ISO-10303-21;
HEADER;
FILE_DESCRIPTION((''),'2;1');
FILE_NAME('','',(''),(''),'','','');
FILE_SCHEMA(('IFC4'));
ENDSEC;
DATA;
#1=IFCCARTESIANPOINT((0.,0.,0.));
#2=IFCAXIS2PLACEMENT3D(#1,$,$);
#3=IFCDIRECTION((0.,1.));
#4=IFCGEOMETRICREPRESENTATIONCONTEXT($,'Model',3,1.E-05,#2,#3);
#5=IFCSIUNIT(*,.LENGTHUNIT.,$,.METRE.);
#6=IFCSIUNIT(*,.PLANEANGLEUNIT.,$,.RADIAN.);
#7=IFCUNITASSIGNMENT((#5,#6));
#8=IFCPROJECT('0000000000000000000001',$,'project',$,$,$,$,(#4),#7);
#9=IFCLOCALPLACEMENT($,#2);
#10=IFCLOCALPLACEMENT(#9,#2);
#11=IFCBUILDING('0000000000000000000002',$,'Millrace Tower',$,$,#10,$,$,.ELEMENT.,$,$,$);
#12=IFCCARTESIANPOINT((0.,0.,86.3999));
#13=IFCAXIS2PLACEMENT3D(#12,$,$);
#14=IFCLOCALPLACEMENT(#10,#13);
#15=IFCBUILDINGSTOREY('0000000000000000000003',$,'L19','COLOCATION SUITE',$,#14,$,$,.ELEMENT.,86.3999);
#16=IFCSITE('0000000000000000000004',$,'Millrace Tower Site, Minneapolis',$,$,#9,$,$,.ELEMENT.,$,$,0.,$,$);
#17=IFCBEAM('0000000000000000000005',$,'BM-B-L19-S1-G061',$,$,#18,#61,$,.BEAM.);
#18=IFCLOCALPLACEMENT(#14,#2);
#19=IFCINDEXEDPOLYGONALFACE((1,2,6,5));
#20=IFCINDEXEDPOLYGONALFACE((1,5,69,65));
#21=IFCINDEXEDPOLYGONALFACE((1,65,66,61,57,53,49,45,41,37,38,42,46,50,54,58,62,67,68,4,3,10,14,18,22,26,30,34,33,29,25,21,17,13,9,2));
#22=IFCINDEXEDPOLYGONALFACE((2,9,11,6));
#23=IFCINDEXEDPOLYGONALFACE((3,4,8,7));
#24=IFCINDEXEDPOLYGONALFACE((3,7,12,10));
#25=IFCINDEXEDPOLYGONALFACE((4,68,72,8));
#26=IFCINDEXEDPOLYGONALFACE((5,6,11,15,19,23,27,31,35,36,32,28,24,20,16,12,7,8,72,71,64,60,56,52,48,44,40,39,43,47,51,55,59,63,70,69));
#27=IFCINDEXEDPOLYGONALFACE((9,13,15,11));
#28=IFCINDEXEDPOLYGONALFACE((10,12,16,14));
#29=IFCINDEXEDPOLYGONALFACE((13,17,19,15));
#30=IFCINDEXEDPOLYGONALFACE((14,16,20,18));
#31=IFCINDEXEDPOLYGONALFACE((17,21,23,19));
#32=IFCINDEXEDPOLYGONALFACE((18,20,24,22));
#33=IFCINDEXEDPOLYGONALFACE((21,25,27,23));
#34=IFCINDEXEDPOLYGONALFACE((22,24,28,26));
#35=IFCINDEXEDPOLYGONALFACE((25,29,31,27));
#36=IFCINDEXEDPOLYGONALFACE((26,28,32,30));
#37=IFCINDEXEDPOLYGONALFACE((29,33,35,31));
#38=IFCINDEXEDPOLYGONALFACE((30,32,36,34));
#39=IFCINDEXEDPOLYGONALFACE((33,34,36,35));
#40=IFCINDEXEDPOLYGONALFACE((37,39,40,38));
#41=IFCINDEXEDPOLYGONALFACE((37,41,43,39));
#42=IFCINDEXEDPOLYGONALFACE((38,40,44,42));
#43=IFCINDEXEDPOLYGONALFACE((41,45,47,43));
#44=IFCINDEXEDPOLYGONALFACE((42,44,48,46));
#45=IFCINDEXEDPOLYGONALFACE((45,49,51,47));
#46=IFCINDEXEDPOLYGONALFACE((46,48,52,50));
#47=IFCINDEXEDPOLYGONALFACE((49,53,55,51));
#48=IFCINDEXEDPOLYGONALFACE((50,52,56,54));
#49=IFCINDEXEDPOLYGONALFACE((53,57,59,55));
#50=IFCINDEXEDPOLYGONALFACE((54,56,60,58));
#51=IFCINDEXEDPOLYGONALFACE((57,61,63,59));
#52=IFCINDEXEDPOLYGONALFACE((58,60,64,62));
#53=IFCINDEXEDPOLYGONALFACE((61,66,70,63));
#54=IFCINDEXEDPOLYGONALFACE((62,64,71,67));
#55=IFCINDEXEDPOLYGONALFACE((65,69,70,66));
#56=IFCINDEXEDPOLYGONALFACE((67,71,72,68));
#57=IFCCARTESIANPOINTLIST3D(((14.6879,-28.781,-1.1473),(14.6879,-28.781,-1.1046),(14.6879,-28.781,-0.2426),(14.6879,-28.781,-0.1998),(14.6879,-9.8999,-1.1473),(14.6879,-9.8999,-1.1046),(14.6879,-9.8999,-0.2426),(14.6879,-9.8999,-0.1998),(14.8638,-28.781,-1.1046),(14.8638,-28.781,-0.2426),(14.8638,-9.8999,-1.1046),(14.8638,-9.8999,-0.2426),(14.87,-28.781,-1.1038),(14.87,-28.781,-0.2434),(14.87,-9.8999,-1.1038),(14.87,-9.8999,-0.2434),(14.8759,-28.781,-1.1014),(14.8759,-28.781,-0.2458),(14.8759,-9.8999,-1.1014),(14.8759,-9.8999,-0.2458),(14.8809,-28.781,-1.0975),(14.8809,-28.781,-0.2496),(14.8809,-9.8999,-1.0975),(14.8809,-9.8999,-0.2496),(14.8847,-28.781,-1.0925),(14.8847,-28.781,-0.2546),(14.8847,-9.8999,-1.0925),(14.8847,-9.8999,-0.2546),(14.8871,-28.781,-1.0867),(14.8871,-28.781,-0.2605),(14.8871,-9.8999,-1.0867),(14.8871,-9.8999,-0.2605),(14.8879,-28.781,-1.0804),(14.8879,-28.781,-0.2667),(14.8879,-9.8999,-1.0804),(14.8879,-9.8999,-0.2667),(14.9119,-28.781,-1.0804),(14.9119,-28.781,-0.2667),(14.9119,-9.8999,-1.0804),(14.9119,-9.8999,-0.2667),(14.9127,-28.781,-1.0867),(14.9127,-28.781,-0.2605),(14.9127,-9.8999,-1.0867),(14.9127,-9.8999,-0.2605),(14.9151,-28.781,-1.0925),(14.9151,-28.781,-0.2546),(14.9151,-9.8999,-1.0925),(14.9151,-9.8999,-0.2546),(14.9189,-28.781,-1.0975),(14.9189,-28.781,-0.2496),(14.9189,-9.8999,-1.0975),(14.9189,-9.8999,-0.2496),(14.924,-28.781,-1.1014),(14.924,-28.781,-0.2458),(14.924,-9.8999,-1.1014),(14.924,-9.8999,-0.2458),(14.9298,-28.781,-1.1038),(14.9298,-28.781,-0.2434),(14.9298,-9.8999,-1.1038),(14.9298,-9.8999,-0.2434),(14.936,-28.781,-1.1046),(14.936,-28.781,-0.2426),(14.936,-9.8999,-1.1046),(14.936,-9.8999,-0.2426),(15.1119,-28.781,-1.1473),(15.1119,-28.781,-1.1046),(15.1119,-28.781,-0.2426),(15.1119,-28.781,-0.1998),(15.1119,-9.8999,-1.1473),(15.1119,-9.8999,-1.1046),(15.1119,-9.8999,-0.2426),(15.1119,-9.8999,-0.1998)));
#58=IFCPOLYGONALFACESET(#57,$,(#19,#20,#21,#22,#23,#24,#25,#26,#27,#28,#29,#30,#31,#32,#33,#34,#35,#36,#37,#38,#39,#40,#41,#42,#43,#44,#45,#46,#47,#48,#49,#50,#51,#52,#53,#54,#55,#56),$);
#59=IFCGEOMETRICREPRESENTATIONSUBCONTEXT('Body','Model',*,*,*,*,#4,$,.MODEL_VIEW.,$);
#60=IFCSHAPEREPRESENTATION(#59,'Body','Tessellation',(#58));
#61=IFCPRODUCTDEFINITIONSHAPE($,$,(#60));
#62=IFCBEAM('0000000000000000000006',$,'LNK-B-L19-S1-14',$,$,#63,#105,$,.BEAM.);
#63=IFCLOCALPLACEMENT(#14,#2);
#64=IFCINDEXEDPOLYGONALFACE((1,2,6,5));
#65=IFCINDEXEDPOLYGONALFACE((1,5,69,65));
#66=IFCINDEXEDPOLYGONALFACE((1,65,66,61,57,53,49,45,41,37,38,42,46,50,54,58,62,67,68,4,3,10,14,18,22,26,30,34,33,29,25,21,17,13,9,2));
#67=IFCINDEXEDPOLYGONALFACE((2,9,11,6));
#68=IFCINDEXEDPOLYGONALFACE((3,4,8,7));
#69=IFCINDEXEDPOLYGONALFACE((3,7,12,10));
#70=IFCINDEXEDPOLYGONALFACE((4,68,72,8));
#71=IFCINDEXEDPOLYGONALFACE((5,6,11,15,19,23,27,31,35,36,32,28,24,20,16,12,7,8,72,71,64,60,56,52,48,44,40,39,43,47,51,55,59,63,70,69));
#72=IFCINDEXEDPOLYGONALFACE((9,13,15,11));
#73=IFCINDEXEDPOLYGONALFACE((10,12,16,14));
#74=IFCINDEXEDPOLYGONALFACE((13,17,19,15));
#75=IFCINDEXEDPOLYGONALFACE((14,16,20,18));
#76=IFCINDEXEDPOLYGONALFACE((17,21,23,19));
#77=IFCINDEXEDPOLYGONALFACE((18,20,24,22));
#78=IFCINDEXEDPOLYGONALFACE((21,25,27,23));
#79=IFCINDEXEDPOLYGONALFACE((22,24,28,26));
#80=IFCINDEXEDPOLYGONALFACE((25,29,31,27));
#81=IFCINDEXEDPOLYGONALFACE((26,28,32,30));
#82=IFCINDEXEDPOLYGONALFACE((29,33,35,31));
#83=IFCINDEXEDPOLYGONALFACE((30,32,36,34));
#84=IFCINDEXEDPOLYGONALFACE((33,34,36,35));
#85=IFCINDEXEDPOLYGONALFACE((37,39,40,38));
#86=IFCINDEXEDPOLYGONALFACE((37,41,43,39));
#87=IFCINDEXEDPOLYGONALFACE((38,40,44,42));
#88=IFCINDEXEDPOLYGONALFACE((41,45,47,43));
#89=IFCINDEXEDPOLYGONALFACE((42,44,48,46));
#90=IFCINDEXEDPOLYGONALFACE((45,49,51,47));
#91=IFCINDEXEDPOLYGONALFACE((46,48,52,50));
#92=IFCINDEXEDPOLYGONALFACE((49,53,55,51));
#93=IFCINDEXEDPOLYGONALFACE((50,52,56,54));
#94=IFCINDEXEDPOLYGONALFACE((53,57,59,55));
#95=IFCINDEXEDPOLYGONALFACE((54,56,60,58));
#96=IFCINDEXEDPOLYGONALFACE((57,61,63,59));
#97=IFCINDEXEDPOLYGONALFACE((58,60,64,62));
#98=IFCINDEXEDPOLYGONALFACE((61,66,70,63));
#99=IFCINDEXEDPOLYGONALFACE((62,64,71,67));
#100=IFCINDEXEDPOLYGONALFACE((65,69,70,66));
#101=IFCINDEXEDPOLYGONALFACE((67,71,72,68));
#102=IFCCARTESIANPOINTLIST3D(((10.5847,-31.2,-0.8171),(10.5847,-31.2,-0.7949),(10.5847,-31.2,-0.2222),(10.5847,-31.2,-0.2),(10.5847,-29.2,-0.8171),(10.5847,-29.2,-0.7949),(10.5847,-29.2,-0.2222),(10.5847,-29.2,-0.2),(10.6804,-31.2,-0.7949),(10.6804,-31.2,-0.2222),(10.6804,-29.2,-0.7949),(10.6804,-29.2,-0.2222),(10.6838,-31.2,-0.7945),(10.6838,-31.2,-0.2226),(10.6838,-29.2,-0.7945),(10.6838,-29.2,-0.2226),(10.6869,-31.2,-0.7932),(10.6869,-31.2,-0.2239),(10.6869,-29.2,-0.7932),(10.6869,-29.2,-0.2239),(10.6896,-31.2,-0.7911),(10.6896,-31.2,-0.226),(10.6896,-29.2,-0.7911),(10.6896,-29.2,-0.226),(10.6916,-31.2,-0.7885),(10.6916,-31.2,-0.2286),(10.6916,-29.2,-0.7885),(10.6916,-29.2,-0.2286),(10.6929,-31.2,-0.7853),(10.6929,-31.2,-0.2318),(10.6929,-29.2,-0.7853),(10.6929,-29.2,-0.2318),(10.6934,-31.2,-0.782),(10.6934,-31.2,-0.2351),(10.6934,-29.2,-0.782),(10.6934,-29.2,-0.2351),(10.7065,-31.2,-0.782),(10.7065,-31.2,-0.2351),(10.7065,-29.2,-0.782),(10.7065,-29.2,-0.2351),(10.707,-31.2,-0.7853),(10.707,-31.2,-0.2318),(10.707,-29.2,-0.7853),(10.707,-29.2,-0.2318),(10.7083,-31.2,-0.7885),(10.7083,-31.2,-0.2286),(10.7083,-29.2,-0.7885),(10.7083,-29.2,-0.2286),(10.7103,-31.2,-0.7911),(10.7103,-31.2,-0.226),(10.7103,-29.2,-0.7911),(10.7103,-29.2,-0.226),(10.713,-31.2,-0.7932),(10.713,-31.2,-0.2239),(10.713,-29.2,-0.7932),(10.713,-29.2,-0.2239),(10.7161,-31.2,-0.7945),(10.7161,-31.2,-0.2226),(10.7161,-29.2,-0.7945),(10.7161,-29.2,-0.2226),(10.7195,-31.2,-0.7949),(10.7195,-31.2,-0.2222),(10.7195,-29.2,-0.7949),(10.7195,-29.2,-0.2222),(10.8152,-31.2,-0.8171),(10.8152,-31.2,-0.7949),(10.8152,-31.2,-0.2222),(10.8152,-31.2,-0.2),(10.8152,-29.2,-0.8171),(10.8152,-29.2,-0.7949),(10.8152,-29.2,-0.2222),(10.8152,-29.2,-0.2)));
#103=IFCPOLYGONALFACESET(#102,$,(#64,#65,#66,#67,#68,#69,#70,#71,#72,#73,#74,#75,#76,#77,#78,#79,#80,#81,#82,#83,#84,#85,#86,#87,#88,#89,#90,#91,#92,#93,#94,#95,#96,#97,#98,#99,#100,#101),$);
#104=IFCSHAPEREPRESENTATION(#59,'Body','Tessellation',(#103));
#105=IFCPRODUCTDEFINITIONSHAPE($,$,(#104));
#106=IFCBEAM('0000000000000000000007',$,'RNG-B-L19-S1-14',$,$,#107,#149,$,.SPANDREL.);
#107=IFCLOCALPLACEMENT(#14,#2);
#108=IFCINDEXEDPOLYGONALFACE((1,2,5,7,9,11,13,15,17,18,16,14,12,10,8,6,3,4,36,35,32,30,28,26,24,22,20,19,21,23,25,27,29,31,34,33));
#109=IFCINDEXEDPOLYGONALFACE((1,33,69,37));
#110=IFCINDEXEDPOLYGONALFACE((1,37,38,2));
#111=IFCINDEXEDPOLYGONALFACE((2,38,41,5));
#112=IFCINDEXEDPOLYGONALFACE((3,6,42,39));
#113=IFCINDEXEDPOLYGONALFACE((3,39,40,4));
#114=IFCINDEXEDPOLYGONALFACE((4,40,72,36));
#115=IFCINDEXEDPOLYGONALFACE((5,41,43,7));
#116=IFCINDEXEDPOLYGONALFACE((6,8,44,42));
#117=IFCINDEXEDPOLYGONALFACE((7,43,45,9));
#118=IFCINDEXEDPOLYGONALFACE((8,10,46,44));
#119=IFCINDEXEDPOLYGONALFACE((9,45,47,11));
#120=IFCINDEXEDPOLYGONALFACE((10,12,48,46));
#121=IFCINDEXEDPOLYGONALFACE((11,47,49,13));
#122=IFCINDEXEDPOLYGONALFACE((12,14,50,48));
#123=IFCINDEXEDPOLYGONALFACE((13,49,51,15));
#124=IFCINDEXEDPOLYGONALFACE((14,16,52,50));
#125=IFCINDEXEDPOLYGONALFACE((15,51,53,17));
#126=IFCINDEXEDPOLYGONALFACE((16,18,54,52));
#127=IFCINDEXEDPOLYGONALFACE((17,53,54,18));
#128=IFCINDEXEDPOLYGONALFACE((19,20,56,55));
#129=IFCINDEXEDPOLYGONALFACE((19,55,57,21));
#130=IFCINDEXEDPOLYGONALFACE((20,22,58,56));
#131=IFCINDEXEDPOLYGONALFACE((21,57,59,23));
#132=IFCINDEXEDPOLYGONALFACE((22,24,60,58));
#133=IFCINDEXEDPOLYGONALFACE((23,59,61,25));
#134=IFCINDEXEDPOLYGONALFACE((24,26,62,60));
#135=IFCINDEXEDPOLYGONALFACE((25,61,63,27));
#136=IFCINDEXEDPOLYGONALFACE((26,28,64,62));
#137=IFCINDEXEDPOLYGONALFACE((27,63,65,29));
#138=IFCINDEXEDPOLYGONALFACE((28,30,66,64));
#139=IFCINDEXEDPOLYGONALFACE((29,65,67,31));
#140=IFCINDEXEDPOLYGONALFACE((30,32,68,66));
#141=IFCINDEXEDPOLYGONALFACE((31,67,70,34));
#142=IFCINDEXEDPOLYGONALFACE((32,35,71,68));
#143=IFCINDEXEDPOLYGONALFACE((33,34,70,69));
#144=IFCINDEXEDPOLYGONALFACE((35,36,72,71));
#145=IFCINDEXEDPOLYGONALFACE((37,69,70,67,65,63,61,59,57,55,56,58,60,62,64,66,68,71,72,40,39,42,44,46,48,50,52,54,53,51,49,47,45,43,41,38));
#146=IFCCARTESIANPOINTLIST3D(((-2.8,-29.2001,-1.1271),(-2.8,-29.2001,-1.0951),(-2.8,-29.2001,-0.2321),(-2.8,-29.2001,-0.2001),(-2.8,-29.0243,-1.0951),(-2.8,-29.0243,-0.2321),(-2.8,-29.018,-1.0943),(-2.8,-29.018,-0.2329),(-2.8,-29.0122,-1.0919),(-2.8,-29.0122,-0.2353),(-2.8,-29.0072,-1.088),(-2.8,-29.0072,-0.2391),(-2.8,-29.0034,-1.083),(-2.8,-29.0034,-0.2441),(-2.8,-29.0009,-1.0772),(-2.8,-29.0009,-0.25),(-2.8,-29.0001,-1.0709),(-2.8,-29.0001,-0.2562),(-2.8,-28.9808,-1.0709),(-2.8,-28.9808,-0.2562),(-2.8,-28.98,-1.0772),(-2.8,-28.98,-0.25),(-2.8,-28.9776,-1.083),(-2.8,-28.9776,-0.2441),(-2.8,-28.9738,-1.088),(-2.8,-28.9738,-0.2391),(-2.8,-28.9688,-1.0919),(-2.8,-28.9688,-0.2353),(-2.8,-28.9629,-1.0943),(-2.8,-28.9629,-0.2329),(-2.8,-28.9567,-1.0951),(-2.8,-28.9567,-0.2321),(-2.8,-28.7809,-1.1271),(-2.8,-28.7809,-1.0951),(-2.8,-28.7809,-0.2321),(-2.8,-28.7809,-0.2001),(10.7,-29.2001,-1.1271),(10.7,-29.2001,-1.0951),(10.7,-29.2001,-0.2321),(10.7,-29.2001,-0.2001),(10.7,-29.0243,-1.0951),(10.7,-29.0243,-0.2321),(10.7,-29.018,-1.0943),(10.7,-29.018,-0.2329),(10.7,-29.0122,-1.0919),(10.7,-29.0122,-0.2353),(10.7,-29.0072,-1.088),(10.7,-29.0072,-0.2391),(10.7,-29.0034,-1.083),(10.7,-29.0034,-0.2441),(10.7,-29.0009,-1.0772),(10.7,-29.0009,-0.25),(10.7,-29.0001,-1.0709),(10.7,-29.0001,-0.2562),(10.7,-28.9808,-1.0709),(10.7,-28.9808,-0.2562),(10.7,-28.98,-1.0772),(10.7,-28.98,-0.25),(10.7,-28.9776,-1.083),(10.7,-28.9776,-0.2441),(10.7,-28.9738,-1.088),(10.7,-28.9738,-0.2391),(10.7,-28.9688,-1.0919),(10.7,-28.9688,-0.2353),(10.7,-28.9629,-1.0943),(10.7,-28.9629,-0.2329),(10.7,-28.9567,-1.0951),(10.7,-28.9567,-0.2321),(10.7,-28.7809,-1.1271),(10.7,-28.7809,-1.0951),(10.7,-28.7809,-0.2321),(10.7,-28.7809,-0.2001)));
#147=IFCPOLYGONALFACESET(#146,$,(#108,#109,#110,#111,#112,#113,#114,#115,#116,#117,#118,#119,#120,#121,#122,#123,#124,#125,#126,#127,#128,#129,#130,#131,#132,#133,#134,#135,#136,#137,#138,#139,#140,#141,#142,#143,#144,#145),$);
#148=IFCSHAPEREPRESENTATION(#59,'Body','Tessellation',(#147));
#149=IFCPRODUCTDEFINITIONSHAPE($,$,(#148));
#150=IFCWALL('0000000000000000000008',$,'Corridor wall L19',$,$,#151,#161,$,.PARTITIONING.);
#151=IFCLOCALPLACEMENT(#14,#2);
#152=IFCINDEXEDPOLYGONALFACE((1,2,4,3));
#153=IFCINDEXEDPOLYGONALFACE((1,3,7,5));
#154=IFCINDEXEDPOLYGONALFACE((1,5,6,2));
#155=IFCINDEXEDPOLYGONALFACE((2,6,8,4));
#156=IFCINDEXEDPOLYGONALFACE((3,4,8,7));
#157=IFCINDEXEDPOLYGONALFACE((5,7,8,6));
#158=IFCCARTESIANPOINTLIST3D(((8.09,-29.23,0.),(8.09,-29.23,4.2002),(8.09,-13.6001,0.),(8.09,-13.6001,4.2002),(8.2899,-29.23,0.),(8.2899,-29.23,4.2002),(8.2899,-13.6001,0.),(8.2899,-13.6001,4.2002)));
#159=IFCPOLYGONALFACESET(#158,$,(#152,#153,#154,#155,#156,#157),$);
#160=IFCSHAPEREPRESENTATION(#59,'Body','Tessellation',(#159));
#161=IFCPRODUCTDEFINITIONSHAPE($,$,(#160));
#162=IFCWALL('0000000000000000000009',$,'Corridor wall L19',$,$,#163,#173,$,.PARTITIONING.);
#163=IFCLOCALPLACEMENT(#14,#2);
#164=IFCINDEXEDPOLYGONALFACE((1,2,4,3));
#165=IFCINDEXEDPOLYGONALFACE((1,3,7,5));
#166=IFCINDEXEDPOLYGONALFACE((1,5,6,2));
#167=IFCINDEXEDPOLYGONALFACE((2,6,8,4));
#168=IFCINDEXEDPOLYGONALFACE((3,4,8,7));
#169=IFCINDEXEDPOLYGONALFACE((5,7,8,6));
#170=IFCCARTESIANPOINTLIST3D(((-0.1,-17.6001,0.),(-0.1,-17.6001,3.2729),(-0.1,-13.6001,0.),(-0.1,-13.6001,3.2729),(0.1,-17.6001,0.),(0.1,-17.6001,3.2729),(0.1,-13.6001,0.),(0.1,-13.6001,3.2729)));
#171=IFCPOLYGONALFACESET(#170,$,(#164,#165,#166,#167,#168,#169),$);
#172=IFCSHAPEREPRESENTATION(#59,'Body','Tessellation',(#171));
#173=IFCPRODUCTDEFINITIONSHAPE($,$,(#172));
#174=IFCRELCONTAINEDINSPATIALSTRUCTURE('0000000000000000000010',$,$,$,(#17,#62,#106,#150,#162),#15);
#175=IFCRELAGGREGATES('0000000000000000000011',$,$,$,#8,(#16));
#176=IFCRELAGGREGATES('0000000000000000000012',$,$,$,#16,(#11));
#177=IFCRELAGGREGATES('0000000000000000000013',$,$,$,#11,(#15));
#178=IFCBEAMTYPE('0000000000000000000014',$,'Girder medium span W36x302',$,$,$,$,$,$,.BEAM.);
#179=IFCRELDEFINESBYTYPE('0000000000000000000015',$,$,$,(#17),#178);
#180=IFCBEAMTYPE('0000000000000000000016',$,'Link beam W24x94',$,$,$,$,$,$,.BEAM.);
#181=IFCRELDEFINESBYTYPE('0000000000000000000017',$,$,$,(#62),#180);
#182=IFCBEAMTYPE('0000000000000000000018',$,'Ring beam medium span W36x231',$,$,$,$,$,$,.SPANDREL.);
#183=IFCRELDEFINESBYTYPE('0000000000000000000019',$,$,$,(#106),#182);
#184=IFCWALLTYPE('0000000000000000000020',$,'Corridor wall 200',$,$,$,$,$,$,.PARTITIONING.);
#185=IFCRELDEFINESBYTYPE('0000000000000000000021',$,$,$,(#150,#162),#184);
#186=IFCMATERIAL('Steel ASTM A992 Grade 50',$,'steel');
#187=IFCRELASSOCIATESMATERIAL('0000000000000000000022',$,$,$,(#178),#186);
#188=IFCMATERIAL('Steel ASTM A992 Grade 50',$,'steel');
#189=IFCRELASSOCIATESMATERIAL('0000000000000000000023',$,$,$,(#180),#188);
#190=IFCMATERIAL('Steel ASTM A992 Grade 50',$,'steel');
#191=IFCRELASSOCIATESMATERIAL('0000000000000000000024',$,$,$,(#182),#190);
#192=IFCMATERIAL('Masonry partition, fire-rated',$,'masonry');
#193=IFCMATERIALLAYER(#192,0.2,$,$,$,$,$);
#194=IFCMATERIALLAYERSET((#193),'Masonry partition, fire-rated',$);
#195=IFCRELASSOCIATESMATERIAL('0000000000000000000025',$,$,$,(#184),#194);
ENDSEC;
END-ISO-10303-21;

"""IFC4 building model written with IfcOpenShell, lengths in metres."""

from ifc_helpers import new_model, si_unit, direction, frame, frame_2d, origin, origin_2d, place, context, subcontext, project, spatial, rectangle, i_section, extrude, material, layer, layer_set, material_profile, profile_set, type_object, element, save


model = new_model("IFC4")

# Units and contexts
model_context = context("Model", 3, precision=1e-05, world=origin(), true_north=direction((0.0, 1.0)))
body_context = subcontext(model_context, "Body", "Model", "MODEL_VIEW")
ifc_project = project(units=[si_unit("LENGTHUNIT", "METRE"), si_unit("PLANEANGLEUNIT", "RADIAN")], contexts=[model_context])

# Site, building, storey
site_placement = place(None, origin())
site = spatial("IfcSite", under=ifc_project, at=site_placement, Name="Millrace Tower Site, Minneapolis", CompositionType="ELEMENT", RefElevation=0.0)
building_placement = place(site_placement, origin())
building = spatial("IfcBuilding", under=site, at=building_placement, Name="Millrace Tower", CompositionType="ELEMENT")
storey_placement = place(building_placement, frame((0.0, 0.0, 86.3999)))
storey = spatial("IfcBuildingStorey", under=building, at=storey_placement, Name="L19", Description="COLOCATION SUITE", CompositionType="ELEMENT", Elevation=86.3999)

# Beams
ifc_material_1 = material(Name="Steel ASTM A992 Grade 50", Category="steel")
ifc_material_profile_1 = material_profile(ifc_material_1, i_section(OverallWidth=0.4241, OverallDepth=0.9475, WebThickness=0.0239, FlangeThickness=0.0427, FilletRadius=0.0242, at=origin_2d()))
ifc_profile_set_1 = profile_set([ifc_material_profile_1], Name="Steel ASTM A992 Grade 50")
beam_type_1 = type_object("IfcBeamType", Name="Girder medium span W36x302", PredefinedType="BEAM", material=ifc_profile_set_1)
beam_1_placement = place(storey_placement, frame((14.8999, -28.781, -0.6736), z_axis=(0.0, 1.0, 0.0), x_axis=(-1.0, 0.0, 0.0)))
element("IfcBeam", 1, at=beam_1_placement, inside=storey, type_object=beam_type_1, Name="BM-B-L19-S1-G061", PredefinedType="BEAM", context=body_context, shape_type="SweptSolid", body=[
    extrude(i_section(OverallWidth=0.4241, OverallDepth=0.9475, WebThickness=0.0239, FlangeThickness=0.0427, FilletRadius=0.0242, at=origin_2d()), origin(), (0.0, 0.0, 1.0), 18.8811),
])
ifc_material_2 = material(Name="Steel ASTM A992 Grade 50", Category="steel")
ifc_material_profile_2 = material_profile(ifc_material_2, i_section(OverallWidth=0.2305, OverallDepth=0.6172, WebThickness=0.0132, FlangeThickness=0.0222, FilletRadius=0.0129, at=origin_2d()))
ifc_profile_set_2 = profile_set([ifc_material_profile_2], Name="Steel ASTM A992 Grade 50")
beam_type_2 = type_object("IfcBeamType", Name="Link beam W24x94", PredefinedType="BEAM", material=ifc_profile_set_2)
beam_2_placement = place(storey_placement, frame((10.7, -29.2, -0.5085), z_axis=(0.0, -1.0, 0.0), x_axis=(1.0, 0.0, 0.0)))
element("IfcBeam", 2, at=beam_2_placement, inside=storey, type_object=beam_type_2, Name="LNK-B-L19-S1-14", PredefinedType="BEAM", context=body_context, shape_type="SweptSolid", body=[
    extrude(i_section(OverallWidth=0.2305, OverallDepth=0.6172, WebThickness=0.0132, FlangeThickness=0.0222, FilletRadius=0.0129, at=origin_2d()), origin(), (0.0, 0.0, 1.0), 2.0),
])
ifc_material_3 = material(Name="Steel ASTM A992 Grade 50", Category="steel")
ifc_material_profile_3 = material_profile(ifc_material_3, i_section(OverallWidth=0.4192, OverallDepth=0.927, WebThickness=0.0193, FlangeThickness=0.032, FilletRadius=0.0242, at=origin_2d()))
ifc_profile_set_3 = profile_set([ifc_material_profile_3], Name="Steel ASTM A992 Grade 50")
beam_type_3 = type_object("IfcBeamType", Name="Ring beam medium span W36x231", PredefinedType="SPANDREL", material=ifc_profile_set_3)
beam_3_placement = place(storey_placement, frame((10.7, -28.9905, -0.6636), z_axis=(-1.0, 0.0, 0.0), x_axis=(0.0, -1.0, 0.0)))
element("IfcBeam", 3, at=beam_3_placement, inside=storey, type_object=beam_type_3, Name="RNG-B-L19-S1-14", PredefinedType="SPANDREL", context=body_context, shape_type="SweptSolid", body=[
    extrude(i_section(OverallWidth=0.4192, OverallDepth=0.927, WebThickness=0.0193, FlangeThickness=0.032, FilletRadius=0.0242, at=origin_2d()), origin(), (0.0, 0.0, 1.0), 13.5),
])

# Walls
ifc_material_4 = material(Name="Masonry partition, fire-rated", Category="masonry")
ifc_layer_1 = layer(ifc_material_4, 0.2)
ifc_layer_set_1 = layer_set([ifc_layer_1], Name="Masonry partition, fire-rated")
wall_type = type_object("IfcWallType", Name="Corridor wall 200", PredefinedType="PARTITIONING", material=ifc_layer_set_1)
wall_1_placement = place(storey_placement, frame((8.1899, -29.23, 0.0), z_axis=(0.0, 0.0, 1.0), x_axis=(0.0, 1.0, 0.0)))
element("IfcWall", 4, at=wall_1_placement, inside=storey, type_object=wall_type, Name="Corridor wall L19", PredefinedType="PARTITIONING", context=body_context, shape_type="SweptSolid", body=[
    extrude(rectangle(XDim=15.6299, YDim=0.2, at=frame_2d((7.8149, 0.0))), origin(), (0.0, 0.0, 1.0), 4.2002),
])
wall_2_placement = place(storey_placement, frame((0.0, -17.6001, 0.0), z_axis=(0.0, 0.0, 1.0), x_axis=(0.0, 1.0, 0.0)))
element("IfcWall", 5, at=wall_2_placement, inside=storey, type_object=wall_type, Name="Corridor wall L19", PredefinedType="PARTITIONING", context=body_context, shape_type="SweptSolid", body=[
    extrude(rectangle(XDim=4.0, YDim=0.2, at=frame_2d((2.0, 0.0))), origin(), (0.0, 0.0, 1.0), 3.2729),
])

save(model, "model.ifc")
